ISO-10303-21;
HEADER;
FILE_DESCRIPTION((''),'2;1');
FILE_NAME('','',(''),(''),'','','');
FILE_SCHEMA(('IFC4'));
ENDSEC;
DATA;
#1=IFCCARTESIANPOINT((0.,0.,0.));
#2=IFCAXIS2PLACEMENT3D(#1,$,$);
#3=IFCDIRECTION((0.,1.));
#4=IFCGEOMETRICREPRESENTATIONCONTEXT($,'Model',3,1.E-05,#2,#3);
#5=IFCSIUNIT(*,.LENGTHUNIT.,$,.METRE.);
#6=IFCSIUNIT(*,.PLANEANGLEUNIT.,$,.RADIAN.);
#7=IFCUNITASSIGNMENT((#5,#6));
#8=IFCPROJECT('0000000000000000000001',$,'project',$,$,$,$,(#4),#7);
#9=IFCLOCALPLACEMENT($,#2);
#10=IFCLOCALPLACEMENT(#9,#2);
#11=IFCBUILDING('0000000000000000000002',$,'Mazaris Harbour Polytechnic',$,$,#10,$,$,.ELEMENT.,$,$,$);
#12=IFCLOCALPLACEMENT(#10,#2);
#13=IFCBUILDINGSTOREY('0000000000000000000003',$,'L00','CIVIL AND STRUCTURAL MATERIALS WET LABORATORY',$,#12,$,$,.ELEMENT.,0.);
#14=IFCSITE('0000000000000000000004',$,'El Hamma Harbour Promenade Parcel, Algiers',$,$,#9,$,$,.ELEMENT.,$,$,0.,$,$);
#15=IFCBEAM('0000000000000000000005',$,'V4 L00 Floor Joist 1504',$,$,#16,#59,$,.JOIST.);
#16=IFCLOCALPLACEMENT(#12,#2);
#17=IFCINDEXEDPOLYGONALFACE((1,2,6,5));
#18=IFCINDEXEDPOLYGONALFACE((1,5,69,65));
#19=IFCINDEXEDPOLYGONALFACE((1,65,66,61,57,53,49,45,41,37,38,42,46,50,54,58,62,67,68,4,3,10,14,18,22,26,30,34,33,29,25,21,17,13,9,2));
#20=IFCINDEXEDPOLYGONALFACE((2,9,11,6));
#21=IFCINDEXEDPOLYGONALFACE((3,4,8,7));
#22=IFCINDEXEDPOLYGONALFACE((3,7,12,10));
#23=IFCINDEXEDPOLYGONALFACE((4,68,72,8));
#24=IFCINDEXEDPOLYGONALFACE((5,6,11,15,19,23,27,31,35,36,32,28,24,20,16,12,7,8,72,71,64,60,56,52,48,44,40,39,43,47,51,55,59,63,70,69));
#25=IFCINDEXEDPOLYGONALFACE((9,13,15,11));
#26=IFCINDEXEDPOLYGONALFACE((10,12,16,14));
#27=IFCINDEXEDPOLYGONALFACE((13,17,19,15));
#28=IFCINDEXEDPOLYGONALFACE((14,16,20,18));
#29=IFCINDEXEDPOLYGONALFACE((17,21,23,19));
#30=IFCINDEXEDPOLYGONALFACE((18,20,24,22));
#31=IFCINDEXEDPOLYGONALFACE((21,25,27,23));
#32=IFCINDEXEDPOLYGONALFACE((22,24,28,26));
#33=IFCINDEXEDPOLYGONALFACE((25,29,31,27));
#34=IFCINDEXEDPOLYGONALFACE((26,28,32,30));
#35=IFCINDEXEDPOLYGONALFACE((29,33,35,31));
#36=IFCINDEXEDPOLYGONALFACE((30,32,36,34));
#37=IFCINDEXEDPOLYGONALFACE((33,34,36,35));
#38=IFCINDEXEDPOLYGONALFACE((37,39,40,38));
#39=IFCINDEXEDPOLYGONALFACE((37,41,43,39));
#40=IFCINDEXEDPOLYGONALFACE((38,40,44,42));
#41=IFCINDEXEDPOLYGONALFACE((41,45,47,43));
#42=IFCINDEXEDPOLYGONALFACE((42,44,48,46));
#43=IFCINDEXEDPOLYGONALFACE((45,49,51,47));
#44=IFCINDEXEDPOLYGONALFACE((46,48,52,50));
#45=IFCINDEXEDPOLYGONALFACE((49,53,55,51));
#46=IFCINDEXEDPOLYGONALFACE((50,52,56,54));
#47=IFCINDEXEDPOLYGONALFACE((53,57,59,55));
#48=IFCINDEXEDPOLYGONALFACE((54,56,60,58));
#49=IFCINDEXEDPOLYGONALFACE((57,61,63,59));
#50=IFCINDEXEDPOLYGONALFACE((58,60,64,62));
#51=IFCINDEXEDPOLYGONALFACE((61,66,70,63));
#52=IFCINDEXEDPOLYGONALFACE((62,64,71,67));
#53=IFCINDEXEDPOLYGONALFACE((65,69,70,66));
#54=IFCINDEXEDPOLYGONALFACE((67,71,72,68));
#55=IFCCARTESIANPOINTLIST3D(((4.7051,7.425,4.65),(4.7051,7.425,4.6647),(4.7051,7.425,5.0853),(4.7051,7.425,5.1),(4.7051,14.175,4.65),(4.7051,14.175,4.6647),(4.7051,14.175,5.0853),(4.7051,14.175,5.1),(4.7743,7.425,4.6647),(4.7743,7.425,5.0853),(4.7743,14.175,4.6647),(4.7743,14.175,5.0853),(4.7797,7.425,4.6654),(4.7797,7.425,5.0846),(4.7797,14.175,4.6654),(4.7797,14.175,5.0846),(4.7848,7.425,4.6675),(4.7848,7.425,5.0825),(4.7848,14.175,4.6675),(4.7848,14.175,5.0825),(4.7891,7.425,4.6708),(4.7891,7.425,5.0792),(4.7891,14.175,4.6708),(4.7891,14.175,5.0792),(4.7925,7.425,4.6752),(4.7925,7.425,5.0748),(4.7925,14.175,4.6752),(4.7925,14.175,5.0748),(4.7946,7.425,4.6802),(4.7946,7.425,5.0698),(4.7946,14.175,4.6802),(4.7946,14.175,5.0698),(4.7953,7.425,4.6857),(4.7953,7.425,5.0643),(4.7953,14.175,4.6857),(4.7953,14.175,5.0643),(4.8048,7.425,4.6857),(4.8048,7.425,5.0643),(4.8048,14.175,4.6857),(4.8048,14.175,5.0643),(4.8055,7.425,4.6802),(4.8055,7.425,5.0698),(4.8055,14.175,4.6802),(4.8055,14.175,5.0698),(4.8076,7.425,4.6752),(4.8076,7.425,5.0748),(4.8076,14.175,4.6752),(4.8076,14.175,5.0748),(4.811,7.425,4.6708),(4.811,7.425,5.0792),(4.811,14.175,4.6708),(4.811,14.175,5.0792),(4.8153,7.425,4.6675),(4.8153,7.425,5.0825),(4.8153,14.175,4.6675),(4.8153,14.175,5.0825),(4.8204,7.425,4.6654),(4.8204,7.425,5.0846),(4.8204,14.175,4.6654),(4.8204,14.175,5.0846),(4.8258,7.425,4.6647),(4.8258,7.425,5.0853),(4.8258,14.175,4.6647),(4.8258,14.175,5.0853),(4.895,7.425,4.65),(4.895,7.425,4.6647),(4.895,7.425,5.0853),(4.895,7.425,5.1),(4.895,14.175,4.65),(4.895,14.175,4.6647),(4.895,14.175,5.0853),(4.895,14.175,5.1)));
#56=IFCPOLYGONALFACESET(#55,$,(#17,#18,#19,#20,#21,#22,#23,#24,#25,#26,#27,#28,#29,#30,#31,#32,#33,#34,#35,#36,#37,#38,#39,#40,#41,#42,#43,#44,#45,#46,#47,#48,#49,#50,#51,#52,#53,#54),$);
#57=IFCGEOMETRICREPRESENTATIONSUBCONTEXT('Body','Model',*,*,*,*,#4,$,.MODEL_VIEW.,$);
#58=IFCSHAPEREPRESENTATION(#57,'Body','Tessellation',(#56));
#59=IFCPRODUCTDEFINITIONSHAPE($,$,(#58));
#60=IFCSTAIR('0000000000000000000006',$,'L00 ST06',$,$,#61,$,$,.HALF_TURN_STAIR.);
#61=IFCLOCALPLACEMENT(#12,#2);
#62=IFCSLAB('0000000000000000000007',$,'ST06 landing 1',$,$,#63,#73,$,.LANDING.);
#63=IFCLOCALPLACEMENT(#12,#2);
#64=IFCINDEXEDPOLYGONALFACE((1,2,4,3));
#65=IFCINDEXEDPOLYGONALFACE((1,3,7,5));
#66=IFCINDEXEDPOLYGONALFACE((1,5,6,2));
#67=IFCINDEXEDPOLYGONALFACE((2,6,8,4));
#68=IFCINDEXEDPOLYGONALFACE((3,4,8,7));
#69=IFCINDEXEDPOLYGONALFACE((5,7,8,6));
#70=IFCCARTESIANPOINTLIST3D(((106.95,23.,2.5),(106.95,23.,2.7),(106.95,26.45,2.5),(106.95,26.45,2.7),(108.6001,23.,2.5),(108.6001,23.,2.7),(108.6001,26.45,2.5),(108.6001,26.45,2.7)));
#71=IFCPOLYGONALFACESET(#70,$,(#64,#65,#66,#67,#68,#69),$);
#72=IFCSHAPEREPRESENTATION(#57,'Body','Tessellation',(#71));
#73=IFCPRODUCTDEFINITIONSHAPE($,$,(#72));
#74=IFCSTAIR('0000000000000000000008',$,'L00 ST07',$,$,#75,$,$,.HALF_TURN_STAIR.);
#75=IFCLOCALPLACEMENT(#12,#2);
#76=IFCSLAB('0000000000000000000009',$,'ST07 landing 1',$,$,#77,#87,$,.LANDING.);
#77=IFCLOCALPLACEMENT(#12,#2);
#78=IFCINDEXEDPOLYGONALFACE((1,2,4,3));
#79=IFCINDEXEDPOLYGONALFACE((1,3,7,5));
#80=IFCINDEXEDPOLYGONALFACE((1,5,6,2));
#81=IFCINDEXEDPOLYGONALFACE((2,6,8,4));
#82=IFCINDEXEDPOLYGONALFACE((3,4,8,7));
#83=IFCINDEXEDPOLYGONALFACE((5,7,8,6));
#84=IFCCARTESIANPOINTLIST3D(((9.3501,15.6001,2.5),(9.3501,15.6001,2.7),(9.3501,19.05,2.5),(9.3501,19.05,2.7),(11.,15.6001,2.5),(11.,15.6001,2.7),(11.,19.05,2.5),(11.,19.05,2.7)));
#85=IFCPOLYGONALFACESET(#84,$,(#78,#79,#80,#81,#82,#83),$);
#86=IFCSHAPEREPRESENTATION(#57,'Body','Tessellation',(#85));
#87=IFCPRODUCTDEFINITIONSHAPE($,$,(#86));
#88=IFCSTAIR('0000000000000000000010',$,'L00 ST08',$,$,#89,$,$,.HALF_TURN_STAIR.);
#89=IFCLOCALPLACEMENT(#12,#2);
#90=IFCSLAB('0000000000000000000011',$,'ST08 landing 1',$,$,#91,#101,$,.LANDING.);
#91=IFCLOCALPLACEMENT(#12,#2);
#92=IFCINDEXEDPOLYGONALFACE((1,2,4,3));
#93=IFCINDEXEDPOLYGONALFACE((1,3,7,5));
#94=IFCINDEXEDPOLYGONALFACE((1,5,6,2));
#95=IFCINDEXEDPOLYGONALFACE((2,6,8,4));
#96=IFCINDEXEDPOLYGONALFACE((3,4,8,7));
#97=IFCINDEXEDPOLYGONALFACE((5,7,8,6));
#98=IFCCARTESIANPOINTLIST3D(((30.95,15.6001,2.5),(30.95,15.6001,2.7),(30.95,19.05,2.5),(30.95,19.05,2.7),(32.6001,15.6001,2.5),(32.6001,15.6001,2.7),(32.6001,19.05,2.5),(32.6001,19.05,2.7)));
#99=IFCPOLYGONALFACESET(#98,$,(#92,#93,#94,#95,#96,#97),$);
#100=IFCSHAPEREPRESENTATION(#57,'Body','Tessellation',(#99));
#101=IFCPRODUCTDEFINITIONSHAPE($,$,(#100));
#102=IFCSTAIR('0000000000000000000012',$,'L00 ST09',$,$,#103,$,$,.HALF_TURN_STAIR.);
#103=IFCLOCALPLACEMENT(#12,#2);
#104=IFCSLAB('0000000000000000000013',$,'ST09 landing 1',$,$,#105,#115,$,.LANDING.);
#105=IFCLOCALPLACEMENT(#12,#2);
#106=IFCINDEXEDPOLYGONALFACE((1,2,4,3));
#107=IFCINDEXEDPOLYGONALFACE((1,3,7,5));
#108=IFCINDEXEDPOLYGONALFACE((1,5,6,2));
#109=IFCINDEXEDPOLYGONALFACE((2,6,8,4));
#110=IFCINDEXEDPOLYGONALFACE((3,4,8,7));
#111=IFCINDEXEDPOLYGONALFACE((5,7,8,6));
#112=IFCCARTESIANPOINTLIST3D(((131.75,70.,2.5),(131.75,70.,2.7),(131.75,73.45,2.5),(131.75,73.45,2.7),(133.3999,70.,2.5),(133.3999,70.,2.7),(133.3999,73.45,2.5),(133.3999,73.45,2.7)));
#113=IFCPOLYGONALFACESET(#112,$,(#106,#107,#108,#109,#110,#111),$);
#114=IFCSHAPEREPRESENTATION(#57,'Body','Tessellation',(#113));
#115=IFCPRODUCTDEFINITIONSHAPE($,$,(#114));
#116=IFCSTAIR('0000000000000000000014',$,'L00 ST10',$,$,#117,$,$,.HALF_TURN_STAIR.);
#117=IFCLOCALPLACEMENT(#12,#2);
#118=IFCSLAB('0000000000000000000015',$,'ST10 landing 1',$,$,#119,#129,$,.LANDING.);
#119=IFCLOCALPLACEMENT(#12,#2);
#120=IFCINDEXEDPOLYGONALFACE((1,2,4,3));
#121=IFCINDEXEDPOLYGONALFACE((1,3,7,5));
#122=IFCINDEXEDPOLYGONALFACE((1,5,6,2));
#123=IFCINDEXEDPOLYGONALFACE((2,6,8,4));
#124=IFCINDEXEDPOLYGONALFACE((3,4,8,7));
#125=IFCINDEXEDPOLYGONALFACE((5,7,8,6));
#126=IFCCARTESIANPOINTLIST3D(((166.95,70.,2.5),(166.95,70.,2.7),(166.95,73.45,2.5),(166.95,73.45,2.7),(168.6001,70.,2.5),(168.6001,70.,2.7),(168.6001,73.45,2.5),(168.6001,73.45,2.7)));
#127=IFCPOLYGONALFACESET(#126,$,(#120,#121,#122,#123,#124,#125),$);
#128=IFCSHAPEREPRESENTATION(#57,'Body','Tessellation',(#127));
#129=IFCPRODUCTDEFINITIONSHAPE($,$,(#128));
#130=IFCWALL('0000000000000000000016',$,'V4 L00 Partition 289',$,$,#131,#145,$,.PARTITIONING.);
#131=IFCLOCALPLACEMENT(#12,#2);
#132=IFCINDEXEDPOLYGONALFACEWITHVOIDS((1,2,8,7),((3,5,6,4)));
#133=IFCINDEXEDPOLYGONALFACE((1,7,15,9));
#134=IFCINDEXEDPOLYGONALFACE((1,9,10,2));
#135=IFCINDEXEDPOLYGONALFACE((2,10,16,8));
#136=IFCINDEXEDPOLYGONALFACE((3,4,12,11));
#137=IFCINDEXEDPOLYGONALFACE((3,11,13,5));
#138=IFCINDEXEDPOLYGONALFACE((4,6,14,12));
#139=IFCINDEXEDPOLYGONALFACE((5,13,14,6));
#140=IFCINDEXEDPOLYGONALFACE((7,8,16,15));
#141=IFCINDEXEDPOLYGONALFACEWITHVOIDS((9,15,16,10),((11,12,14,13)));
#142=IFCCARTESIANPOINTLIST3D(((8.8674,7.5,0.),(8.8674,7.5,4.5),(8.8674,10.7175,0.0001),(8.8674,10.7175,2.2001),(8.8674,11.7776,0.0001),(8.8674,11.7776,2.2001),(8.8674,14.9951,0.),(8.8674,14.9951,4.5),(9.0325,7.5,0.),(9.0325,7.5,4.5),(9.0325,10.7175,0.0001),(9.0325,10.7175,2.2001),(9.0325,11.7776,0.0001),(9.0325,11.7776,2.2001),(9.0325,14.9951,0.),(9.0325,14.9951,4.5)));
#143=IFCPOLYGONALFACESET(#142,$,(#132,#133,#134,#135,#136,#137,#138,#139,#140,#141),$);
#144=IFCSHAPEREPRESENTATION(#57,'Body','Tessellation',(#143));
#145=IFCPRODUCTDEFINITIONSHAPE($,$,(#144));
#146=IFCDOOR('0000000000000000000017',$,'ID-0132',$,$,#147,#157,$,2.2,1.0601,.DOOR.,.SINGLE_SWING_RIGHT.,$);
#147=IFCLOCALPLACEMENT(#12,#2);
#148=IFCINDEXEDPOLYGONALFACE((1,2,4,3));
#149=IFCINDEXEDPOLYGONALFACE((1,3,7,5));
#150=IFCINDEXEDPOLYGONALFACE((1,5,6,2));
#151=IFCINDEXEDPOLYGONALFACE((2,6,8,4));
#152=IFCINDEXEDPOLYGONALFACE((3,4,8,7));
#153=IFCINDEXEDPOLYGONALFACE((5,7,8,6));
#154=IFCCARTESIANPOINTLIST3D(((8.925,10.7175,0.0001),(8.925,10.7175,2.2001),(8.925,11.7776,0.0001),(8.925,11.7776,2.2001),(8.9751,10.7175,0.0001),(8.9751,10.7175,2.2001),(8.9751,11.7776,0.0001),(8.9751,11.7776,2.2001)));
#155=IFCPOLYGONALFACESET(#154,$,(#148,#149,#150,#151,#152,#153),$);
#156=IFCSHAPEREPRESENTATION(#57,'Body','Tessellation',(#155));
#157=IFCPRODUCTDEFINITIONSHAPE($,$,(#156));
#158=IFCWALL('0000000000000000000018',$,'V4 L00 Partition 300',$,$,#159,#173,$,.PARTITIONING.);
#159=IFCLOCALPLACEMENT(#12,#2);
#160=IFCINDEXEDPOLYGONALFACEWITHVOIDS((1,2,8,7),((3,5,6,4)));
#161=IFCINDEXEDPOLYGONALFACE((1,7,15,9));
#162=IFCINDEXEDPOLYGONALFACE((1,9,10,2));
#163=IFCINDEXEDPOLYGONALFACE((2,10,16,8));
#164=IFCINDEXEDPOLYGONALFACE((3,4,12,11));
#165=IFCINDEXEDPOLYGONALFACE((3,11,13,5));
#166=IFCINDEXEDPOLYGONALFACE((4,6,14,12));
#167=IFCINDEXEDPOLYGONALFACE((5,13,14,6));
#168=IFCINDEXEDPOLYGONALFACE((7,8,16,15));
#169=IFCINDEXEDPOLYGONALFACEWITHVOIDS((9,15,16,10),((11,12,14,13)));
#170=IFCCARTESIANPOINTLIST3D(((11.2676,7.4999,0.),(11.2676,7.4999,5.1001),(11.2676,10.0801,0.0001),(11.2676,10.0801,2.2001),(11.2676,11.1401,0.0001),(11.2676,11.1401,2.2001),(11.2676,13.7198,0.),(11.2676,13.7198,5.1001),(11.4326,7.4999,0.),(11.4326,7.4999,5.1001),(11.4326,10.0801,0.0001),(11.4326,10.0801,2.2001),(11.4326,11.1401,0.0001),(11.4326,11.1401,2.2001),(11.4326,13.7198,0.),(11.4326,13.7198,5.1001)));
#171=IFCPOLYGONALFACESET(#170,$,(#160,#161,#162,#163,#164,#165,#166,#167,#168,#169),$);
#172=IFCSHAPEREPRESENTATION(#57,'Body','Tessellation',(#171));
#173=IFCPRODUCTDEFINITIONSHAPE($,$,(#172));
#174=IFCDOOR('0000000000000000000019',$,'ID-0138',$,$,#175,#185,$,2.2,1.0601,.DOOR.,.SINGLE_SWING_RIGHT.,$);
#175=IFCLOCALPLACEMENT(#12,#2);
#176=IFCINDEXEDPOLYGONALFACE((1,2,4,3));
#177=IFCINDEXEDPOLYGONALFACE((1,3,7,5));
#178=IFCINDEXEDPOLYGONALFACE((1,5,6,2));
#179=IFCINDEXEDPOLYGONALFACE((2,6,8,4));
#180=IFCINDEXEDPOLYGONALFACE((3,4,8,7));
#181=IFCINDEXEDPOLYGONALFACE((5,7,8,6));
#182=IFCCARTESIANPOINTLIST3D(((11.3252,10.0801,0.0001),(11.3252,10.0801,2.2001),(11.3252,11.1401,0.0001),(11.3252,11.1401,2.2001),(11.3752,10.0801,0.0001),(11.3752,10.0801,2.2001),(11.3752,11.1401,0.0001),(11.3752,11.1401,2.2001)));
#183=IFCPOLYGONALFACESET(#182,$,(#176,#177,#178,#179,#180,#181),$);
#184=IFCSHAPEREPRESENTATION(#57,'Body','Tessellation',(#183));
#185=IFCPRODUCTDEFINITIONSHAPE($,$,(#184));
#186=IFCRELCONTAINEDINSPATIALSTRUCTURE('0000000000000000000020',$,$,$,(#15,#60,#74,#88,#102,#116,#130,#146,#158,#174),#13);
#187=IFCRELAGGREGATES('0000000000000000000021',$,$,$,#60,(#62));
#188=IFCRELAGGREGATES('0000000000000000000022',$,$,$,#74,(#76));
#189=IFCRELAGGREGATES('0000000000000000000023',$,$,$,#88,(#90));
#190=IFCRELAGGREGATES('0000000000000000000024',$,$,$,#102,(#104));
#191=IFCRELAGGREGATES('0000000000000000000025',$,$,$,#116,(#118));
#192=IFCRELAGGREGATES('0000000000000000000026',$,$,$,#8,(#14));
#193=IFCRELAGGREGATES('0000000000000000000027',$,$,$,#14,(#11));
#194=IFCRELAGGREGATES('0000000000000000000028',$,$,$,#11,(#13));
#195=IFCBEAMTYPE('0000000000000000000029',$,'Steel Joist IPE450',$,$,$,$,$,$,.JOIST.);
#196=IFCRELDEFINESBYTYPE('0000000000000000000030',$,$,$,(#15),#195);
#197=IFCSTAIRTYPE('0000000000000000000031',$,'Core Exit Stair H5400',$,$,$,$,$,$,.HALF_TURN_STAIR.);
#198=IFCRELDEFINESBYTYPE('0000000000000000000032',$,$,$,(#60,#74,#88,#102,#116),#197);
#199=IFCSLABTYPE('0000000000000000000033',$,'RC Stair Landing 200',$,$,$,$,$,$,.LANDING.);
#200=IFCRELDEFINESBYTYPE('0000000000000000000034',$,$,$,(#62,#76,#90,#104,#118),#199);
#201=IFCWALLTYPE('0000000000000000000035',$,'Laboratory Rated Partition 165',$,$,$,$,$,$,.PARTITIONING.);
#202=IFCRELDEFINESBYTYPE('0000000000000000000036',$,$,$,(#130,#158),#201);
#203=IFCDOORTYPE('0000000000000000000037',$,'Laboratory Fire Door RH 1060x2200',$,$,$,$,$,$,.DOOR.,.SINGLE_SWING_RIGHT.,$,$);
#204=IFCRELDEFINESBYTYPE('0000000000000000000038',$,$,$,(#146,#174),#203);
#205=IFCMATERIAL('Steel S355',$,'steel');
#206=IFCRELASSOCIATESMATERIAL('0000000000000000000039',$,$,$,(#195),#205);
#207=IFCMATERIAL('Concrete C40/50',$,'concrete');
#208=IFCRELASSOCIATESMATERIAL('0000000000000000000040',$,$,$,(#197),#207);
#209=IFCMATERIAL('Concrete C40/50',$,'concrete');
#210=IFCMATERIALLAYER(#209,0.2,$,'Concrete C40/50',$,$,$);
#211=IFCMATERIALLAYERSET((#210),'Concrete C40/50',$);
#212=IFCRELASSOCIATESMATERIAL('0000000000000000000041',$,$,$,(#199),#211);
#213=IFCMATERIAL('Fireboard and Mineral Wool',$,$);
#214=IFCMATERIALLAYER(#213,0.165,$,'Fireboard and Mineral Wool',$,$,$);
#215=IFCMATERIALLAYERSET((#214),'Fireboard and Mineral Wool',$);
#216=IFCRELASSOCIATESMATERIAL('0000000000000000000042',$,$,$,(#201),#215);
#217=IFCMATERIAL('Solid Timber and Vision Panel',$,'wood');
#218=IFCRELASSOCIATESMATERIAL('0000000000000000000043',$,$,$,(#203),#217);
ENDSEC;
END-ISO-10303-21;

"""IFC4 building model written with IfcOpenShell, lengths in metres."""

from ifc_helpers import new_model, si_unit, direction, frame, frame_2d, origin, origin_2d, place, context, subcontext, project, spatial, polyline, rectangle, i_section, outline, extrude, material, layer, layer_set, material_profile, profile_set, type_object, element, fill, aggregate, save


model = new_model("IFC4")

# Units and contexts
model_context = context("Model", 3, precision=1e-05, world=origin(), true_north=direction((0.0, 1.0)))
body_context = subcontext(model_context, "Body", "Model", "MODEL_VIEW")
ifc_project = project(units=[si_unit("LENGTHUNIT", "METRE"), si_unit("PLANEANGLEUNIT", "RADIAN")], contexts=[model_context])

# Site, building, storey
site_placement = place(None, origin())
site = spatial("IfcSite", under=ifc_project, at=site_placement, Name="El Hamma Harbour Promenade Parcel, Algiers", CompositionType="ELEMENT", RefElevation=0.0)
building_placement = place(site_placement, origin())
building = spatial("IfcBuilding", under=site, at=building_placement, Name="Mazaris Harbour Polytechnic", CompositionType="ELEMENT")
storey_placement = place(building_placement, origin())
storey = spatial("IfcBuildingStorey", under=building, at=storey_placement, Name="L00", Description="CIVIL AND STRUCTURAL MATERIALS WET LABORATORY", CompositionType="ELEMENT", Elevation=0.0)

# Beam
ifc_material_1 = material(Name="Steel S355", Category="steel")
ifc_material_profile_1 = material_profile(ifc_material_1, i_section(OverallWidth=0.1899, OverallDepth=0.45, WebThickness=0.0095, FlangeThickness=0.0146, FilletRadius=0.021, at=origin_2d()), Name="IPE 450")
ifc_profile_set_1 = profile_set([ifc_material_profile_1], Name="Steel S355")
beam_type_1 = type_object("IfcBeamType", Name="Steel Joist IPE450", PredefinedType="JOIST", material=ifc_profile_set_1)
beam_1_placement = place(storey_placement, frame((4.8, 7.425, 4.875), z_axis=(0.0, 1.0, 0.0), x_axis=(-1.0, 0.0, 0.0)))
element("IfcBeam", 1, at=beam_1_placement, inside=storey, type_object=beam_type_1, Name="V4 L00 Floor Joist 1504", PredefinedType="JOIST", context=body_context, shape_type="SweptSolid", body=[
    extrude(i_section(OverallWidth=0.1899, OverallDepth=0.45, WebThickness=0.0095, FlangeThickness=0.0146, FilletRadius=0.021, at=origin_2d()), origin(), (0.0, 0.0, 1.0), 6.75),
])

# Stairs, slabs
ifc_material_2 = material(Name="Concrete C40/50", Category="concrete")
stair_type = type_object("IfcStairType", Name="Core Exit Stair H5400", PredefinedType="HALF_TURN_STAIR", material=ifc_material_2)
stair_1_placement = place(storey_placement, origin())
stair_1 = element("IfcStair", 2, at=stair_1_placement, inside=storey, type_object=stair_type, Name="L00 ST06", PredefinedType="HALF_TURN_STAIR")
ifc_material_3 = material(Name="Concrete C40/50", Category="concrete")
ifc_layer_1 = layer(ifc_material_3, 0.2, Name="Concrete C40/50")
ifc_layer_set_1 = layer_set([ifc_layer_1], Name="Concrete C40/50")
slab_type = type_object("IfcSlabType", Name="RC Stair Landing 200", PredefinedType="LANDING", material=ifc_layer_set_1)
slab_1_placement = place(storey_placement, frame((0.0, 0.0, 2.5)))
slab_1 = element("IfcSlab", 3, at=slab_1_placement, type_object=slab_type, Name="ST06 landing 1", PredefinedType="LANDING", context=body_context, shape_type="SweptSolid", body=[
    extrude(outline(polyline([(106.95, 23.0), (108.6001, 23.0), (108.6001, 26.45), (106.95, 26.45), (106.95, 23.0)])), origin(), (0.0, 0.0, 1.0), 0.2),
])
aggregate(stair_1, [slab_1])
stair_2_placement = place(storey_placement, origin())
stair_2 = element("IfcStair", 4, at=stair_2_placement, inside=storey, type_object=stair_type, Name="L00 ST07", PredefinedType="HALF_TURN_STAIR")
slab_2_placement = place(storey_placement, frame((0.0, 0.0, 2.5)))
slab_2 = element("IfcSlab", 5, at=slab_2_placement, type_object=slab_type, Name="ST07 landing 1", PredefinedType="LANDING", context=body_context, shape_type="SweptSolid", body=[
    extrude(outline(polyline([(9.3501, 15.6001), (11.0, 15.6001), (11.0, 19.05), (9.3501, 19.05), (9.3501, 15.6001)])), origin(), (0.0, 0.0, 1.0), 0.2),
])
aggregate(stair_2, [slab_2])
stair_3_placement = place(storey_placement, origin())
stair_3 = element("IfcStair", 6, at=stair_3_placement, inside=storey, type_object=stair_type, Name="L00 ST08", PredefinedType="HALF_TURN_STAIR")
slab_3_placement = place(storey_placement, frame((0.0, 0.0, 2.5)))
slab_3 = element("IfcSlab", 7, at=slab_3_placement, type_object=slab_type, Name="ST08 landing 1", PredefinedType="LANDING", context=body_context, shape_type="SweptSolid", body=[
    extrude(outline(polyline([(30.95, 15.6001), (32.6001, 15.6001), (32.6001, 19.05), (30.95, 19.05), (30.95, 15.6001)])), origin(), (0.0, 0.0, 1.0), 0.2),
])
aggregate(stair_3, [slab_3])
stair_4_placement = place(storey_placement, origin())
stair_4 = element("IfcStair", 8, at=stair_4_placement, inside=storey, type_object=stair_type, Name="L00 ST09", PredefinedType="HALF_TURN_STAIR")
slab_4_placement = place(storey_placement, frame((0.0, 0.0, 2.5)))
slab_4 = element("IfcSlab", 9, at=slab_4_placement, type_object=slab_type, Name="ST09 landing 1", PredefinedType="LANDING", context=body_context, shape_type="SweptSolid", body=[
    extrude(outline(polyline([(131.75, 70.0), (133.3999, 70.0), (133.3999, 73.45), (131.75, 73.45), (131.75, 70.0)])), origin(), (0.0, 0.0, 1.0), 0.2),
])
aggregate(stair_4, [slab_4])
stair_5_placement = place(storey_placement, origin())
stair_5 = element("IfcStair", 10, at=stair_5_placement, inside=storey, type_object=stair_type, Name="L00 ST10", PredefinedType="HALF_TURN_STAIR")
slab_5_placement = place(storey_placement, frame((0.0, 0.0, 2.5)))
slab_5 = element("IfcSlab", 11, at=slab_5_placement, type_object=slab_type, Name="ST10 landing 1", PredefinedType="LANDING", context=body_context, shape_type="SweptSolid", body=[
    extrude(outline(polyline([(166.95, 70.0), (168.6001, 70.0), (168.6001, 73.45), (166.95, 73.45), (166.95, 70.0)])), origin(), (0.0, 0.0, 1.0), 0.2),
])
aggregate(stair_5, [slab_5])

# Walls, openings, doors
ifc_material_4 = material(Name="Fireboard and Mineral Wool")
ifc_layer_2 = layer(ifc_material_4, 0.165, Name="Fireboard and Mineral Wool")
ifc_layer_set_2 = layer_set([ifc_layer_2], Name="Fireboard and Mineral Wool")
wall_type_1 = type_object("IfcWallType", Name="Laboratory Rated Partition 165", PredefinedType="PARTITIONING", material=ifc_layer_set_2)
wall_1_placement = place(storey_placement, frame((8.95, 7.5, 0.0), z_axis=(0.0, 0.0, 1.0), x_axis=(0.0, 1.0, 0.0)))
wall_1 = element("IfcWall", 12, at=wall_1_placement, inside=storey, type_object=wall_type_1, Name="V4 L00 Partition 289", PredefinedType="PARTITIONING", context=body_context, shape_type="SweptSolid", body=[
    extrude(rectangle(XDim=7.4951, YDim=0.165, at=frame_2d((3.7476, 0.0))), origin(), (0.0, 0.0, 1.0), 4.5),
])
opening_1_placement = place(wall_1_placement, frame((3.2175, 0.0, 0.0)))
opening_1 = element("IfcOpeningElement", 13, at=opening_1_placement, cuts=wall_1, PredefinedType="OPENING", context=body_context, shape_type="SweptSolid", body=[
    extrude(rectangle(XDim=1.0601, YDim=2.2, at=frame_2d((0.53, 1.1001))), frame((0.0, 0.0925, 0.0), z_axis=(0.0, -1.0, 0.0), x_axis=(1.0, 0.0, 0.0)), (0.0, 0.0, 1.0), 0.1851),
])
ifc_material_5 = material(Name="Solid Timber and Vision Panel", Category="wood")
door_type_1 = type_object("IfcDoorType", Name="Laboratory Fire Door RH 1060x2200", OperationType="SINGLE_SWING_RIGHT", PredefinedType="DOOR", material=ifc_material_5)
door_1_placement = place(opening_1_placement, origin())
door_1 = element("IfcDoor", 14, at=door_1_placement, inside=storey, type_object=door_type_1, Name="ID-0132", OperationType="SINGLE_SWING_RIGHT", OverallHeight=2.2, OverallWidth=1.0601, PredefinedType="DOOR", context=body_context, shape_type="SweptSolid", body=[
    extrude(rectangle(XDim=1.0601, YDim=2.2, at=frame_2d((0.53, 1.1001))), frame((0.0, 0.0249, 0.0), z_axis=(0.0, -1.0, 0.0), x_axis=(1.0, 0.0, 0.0)), (0.0, 0.0, 1.0), 0.05),
])
fill(opening_1, door_1)
wall_2_placement = place(storey_placement, frame((11.3501, 7.5, 0.0), z_axis=(0.0, 0.0, 1.0), x_axis=(0.0, 1.0, 0.0)))
wall_2 = element("IfcWall", 15, at=wall_2_placement, inside=storey, type_object=wall_type_1, Name="V4 L00 Partition 300", PredefinedType="PARTITIONING", context=body_context, shape_type="SweptSolid", body=[
    extrude(rectangle(XDim=6.22, YDim=0.165, at=frame_2d((3.1099, 0.0))), origin(), (0.0, 0.0, 1.0), 5.1001),
])
opening_2_placement = place(wall_2_placement, frame((2.5801, 0.0, 0.0)))
opening_2 = element("IfcOpeningElement", 16, at=opening_2_placement, cuts=wall_2, PredefinedType="OPENING", context=body_context, shape_type="SweptSolid", body=[
    extrude(rectangle(XDim=1.0601, YDim=2.2, at=frame_2d((0.53, 1.1001))), frame((0.0, 0.0925, 0.0), z_axis=(0.0, -1.0, 0.0), x_axis=(1.0, 0.0, 0.0)), (0.0, 0.0, 1.0), 0.1851),
])
door_2_placement = place(opening_2_placement, origin())
door_2 = element("IfcDoor", 17, at=door_2_placement, inside=storey, type_object=door_type_1, Name="ID-0138", OperationType="SINGLE_SWING_RIGHT", OverallHeight=2.2, OverallWidth=1.0601, PredefinedType="DOOR", context=body_context, shape_type="SweptSolid", body=[
    extrude(rectangle(XDim=1.0601, YDim=2.2, at=frame_2d((0.53, 1.1001))), frame((0.0, 0.0249, 0.0), z_axis=(0.0, -1.0, 0.0), x_axis=(1.0, 0.0, 0.0)), (0.0, 0.0, 1.0), 0.05),
])
fill(opening_2, door_2)

save(model, "model.ifc")
